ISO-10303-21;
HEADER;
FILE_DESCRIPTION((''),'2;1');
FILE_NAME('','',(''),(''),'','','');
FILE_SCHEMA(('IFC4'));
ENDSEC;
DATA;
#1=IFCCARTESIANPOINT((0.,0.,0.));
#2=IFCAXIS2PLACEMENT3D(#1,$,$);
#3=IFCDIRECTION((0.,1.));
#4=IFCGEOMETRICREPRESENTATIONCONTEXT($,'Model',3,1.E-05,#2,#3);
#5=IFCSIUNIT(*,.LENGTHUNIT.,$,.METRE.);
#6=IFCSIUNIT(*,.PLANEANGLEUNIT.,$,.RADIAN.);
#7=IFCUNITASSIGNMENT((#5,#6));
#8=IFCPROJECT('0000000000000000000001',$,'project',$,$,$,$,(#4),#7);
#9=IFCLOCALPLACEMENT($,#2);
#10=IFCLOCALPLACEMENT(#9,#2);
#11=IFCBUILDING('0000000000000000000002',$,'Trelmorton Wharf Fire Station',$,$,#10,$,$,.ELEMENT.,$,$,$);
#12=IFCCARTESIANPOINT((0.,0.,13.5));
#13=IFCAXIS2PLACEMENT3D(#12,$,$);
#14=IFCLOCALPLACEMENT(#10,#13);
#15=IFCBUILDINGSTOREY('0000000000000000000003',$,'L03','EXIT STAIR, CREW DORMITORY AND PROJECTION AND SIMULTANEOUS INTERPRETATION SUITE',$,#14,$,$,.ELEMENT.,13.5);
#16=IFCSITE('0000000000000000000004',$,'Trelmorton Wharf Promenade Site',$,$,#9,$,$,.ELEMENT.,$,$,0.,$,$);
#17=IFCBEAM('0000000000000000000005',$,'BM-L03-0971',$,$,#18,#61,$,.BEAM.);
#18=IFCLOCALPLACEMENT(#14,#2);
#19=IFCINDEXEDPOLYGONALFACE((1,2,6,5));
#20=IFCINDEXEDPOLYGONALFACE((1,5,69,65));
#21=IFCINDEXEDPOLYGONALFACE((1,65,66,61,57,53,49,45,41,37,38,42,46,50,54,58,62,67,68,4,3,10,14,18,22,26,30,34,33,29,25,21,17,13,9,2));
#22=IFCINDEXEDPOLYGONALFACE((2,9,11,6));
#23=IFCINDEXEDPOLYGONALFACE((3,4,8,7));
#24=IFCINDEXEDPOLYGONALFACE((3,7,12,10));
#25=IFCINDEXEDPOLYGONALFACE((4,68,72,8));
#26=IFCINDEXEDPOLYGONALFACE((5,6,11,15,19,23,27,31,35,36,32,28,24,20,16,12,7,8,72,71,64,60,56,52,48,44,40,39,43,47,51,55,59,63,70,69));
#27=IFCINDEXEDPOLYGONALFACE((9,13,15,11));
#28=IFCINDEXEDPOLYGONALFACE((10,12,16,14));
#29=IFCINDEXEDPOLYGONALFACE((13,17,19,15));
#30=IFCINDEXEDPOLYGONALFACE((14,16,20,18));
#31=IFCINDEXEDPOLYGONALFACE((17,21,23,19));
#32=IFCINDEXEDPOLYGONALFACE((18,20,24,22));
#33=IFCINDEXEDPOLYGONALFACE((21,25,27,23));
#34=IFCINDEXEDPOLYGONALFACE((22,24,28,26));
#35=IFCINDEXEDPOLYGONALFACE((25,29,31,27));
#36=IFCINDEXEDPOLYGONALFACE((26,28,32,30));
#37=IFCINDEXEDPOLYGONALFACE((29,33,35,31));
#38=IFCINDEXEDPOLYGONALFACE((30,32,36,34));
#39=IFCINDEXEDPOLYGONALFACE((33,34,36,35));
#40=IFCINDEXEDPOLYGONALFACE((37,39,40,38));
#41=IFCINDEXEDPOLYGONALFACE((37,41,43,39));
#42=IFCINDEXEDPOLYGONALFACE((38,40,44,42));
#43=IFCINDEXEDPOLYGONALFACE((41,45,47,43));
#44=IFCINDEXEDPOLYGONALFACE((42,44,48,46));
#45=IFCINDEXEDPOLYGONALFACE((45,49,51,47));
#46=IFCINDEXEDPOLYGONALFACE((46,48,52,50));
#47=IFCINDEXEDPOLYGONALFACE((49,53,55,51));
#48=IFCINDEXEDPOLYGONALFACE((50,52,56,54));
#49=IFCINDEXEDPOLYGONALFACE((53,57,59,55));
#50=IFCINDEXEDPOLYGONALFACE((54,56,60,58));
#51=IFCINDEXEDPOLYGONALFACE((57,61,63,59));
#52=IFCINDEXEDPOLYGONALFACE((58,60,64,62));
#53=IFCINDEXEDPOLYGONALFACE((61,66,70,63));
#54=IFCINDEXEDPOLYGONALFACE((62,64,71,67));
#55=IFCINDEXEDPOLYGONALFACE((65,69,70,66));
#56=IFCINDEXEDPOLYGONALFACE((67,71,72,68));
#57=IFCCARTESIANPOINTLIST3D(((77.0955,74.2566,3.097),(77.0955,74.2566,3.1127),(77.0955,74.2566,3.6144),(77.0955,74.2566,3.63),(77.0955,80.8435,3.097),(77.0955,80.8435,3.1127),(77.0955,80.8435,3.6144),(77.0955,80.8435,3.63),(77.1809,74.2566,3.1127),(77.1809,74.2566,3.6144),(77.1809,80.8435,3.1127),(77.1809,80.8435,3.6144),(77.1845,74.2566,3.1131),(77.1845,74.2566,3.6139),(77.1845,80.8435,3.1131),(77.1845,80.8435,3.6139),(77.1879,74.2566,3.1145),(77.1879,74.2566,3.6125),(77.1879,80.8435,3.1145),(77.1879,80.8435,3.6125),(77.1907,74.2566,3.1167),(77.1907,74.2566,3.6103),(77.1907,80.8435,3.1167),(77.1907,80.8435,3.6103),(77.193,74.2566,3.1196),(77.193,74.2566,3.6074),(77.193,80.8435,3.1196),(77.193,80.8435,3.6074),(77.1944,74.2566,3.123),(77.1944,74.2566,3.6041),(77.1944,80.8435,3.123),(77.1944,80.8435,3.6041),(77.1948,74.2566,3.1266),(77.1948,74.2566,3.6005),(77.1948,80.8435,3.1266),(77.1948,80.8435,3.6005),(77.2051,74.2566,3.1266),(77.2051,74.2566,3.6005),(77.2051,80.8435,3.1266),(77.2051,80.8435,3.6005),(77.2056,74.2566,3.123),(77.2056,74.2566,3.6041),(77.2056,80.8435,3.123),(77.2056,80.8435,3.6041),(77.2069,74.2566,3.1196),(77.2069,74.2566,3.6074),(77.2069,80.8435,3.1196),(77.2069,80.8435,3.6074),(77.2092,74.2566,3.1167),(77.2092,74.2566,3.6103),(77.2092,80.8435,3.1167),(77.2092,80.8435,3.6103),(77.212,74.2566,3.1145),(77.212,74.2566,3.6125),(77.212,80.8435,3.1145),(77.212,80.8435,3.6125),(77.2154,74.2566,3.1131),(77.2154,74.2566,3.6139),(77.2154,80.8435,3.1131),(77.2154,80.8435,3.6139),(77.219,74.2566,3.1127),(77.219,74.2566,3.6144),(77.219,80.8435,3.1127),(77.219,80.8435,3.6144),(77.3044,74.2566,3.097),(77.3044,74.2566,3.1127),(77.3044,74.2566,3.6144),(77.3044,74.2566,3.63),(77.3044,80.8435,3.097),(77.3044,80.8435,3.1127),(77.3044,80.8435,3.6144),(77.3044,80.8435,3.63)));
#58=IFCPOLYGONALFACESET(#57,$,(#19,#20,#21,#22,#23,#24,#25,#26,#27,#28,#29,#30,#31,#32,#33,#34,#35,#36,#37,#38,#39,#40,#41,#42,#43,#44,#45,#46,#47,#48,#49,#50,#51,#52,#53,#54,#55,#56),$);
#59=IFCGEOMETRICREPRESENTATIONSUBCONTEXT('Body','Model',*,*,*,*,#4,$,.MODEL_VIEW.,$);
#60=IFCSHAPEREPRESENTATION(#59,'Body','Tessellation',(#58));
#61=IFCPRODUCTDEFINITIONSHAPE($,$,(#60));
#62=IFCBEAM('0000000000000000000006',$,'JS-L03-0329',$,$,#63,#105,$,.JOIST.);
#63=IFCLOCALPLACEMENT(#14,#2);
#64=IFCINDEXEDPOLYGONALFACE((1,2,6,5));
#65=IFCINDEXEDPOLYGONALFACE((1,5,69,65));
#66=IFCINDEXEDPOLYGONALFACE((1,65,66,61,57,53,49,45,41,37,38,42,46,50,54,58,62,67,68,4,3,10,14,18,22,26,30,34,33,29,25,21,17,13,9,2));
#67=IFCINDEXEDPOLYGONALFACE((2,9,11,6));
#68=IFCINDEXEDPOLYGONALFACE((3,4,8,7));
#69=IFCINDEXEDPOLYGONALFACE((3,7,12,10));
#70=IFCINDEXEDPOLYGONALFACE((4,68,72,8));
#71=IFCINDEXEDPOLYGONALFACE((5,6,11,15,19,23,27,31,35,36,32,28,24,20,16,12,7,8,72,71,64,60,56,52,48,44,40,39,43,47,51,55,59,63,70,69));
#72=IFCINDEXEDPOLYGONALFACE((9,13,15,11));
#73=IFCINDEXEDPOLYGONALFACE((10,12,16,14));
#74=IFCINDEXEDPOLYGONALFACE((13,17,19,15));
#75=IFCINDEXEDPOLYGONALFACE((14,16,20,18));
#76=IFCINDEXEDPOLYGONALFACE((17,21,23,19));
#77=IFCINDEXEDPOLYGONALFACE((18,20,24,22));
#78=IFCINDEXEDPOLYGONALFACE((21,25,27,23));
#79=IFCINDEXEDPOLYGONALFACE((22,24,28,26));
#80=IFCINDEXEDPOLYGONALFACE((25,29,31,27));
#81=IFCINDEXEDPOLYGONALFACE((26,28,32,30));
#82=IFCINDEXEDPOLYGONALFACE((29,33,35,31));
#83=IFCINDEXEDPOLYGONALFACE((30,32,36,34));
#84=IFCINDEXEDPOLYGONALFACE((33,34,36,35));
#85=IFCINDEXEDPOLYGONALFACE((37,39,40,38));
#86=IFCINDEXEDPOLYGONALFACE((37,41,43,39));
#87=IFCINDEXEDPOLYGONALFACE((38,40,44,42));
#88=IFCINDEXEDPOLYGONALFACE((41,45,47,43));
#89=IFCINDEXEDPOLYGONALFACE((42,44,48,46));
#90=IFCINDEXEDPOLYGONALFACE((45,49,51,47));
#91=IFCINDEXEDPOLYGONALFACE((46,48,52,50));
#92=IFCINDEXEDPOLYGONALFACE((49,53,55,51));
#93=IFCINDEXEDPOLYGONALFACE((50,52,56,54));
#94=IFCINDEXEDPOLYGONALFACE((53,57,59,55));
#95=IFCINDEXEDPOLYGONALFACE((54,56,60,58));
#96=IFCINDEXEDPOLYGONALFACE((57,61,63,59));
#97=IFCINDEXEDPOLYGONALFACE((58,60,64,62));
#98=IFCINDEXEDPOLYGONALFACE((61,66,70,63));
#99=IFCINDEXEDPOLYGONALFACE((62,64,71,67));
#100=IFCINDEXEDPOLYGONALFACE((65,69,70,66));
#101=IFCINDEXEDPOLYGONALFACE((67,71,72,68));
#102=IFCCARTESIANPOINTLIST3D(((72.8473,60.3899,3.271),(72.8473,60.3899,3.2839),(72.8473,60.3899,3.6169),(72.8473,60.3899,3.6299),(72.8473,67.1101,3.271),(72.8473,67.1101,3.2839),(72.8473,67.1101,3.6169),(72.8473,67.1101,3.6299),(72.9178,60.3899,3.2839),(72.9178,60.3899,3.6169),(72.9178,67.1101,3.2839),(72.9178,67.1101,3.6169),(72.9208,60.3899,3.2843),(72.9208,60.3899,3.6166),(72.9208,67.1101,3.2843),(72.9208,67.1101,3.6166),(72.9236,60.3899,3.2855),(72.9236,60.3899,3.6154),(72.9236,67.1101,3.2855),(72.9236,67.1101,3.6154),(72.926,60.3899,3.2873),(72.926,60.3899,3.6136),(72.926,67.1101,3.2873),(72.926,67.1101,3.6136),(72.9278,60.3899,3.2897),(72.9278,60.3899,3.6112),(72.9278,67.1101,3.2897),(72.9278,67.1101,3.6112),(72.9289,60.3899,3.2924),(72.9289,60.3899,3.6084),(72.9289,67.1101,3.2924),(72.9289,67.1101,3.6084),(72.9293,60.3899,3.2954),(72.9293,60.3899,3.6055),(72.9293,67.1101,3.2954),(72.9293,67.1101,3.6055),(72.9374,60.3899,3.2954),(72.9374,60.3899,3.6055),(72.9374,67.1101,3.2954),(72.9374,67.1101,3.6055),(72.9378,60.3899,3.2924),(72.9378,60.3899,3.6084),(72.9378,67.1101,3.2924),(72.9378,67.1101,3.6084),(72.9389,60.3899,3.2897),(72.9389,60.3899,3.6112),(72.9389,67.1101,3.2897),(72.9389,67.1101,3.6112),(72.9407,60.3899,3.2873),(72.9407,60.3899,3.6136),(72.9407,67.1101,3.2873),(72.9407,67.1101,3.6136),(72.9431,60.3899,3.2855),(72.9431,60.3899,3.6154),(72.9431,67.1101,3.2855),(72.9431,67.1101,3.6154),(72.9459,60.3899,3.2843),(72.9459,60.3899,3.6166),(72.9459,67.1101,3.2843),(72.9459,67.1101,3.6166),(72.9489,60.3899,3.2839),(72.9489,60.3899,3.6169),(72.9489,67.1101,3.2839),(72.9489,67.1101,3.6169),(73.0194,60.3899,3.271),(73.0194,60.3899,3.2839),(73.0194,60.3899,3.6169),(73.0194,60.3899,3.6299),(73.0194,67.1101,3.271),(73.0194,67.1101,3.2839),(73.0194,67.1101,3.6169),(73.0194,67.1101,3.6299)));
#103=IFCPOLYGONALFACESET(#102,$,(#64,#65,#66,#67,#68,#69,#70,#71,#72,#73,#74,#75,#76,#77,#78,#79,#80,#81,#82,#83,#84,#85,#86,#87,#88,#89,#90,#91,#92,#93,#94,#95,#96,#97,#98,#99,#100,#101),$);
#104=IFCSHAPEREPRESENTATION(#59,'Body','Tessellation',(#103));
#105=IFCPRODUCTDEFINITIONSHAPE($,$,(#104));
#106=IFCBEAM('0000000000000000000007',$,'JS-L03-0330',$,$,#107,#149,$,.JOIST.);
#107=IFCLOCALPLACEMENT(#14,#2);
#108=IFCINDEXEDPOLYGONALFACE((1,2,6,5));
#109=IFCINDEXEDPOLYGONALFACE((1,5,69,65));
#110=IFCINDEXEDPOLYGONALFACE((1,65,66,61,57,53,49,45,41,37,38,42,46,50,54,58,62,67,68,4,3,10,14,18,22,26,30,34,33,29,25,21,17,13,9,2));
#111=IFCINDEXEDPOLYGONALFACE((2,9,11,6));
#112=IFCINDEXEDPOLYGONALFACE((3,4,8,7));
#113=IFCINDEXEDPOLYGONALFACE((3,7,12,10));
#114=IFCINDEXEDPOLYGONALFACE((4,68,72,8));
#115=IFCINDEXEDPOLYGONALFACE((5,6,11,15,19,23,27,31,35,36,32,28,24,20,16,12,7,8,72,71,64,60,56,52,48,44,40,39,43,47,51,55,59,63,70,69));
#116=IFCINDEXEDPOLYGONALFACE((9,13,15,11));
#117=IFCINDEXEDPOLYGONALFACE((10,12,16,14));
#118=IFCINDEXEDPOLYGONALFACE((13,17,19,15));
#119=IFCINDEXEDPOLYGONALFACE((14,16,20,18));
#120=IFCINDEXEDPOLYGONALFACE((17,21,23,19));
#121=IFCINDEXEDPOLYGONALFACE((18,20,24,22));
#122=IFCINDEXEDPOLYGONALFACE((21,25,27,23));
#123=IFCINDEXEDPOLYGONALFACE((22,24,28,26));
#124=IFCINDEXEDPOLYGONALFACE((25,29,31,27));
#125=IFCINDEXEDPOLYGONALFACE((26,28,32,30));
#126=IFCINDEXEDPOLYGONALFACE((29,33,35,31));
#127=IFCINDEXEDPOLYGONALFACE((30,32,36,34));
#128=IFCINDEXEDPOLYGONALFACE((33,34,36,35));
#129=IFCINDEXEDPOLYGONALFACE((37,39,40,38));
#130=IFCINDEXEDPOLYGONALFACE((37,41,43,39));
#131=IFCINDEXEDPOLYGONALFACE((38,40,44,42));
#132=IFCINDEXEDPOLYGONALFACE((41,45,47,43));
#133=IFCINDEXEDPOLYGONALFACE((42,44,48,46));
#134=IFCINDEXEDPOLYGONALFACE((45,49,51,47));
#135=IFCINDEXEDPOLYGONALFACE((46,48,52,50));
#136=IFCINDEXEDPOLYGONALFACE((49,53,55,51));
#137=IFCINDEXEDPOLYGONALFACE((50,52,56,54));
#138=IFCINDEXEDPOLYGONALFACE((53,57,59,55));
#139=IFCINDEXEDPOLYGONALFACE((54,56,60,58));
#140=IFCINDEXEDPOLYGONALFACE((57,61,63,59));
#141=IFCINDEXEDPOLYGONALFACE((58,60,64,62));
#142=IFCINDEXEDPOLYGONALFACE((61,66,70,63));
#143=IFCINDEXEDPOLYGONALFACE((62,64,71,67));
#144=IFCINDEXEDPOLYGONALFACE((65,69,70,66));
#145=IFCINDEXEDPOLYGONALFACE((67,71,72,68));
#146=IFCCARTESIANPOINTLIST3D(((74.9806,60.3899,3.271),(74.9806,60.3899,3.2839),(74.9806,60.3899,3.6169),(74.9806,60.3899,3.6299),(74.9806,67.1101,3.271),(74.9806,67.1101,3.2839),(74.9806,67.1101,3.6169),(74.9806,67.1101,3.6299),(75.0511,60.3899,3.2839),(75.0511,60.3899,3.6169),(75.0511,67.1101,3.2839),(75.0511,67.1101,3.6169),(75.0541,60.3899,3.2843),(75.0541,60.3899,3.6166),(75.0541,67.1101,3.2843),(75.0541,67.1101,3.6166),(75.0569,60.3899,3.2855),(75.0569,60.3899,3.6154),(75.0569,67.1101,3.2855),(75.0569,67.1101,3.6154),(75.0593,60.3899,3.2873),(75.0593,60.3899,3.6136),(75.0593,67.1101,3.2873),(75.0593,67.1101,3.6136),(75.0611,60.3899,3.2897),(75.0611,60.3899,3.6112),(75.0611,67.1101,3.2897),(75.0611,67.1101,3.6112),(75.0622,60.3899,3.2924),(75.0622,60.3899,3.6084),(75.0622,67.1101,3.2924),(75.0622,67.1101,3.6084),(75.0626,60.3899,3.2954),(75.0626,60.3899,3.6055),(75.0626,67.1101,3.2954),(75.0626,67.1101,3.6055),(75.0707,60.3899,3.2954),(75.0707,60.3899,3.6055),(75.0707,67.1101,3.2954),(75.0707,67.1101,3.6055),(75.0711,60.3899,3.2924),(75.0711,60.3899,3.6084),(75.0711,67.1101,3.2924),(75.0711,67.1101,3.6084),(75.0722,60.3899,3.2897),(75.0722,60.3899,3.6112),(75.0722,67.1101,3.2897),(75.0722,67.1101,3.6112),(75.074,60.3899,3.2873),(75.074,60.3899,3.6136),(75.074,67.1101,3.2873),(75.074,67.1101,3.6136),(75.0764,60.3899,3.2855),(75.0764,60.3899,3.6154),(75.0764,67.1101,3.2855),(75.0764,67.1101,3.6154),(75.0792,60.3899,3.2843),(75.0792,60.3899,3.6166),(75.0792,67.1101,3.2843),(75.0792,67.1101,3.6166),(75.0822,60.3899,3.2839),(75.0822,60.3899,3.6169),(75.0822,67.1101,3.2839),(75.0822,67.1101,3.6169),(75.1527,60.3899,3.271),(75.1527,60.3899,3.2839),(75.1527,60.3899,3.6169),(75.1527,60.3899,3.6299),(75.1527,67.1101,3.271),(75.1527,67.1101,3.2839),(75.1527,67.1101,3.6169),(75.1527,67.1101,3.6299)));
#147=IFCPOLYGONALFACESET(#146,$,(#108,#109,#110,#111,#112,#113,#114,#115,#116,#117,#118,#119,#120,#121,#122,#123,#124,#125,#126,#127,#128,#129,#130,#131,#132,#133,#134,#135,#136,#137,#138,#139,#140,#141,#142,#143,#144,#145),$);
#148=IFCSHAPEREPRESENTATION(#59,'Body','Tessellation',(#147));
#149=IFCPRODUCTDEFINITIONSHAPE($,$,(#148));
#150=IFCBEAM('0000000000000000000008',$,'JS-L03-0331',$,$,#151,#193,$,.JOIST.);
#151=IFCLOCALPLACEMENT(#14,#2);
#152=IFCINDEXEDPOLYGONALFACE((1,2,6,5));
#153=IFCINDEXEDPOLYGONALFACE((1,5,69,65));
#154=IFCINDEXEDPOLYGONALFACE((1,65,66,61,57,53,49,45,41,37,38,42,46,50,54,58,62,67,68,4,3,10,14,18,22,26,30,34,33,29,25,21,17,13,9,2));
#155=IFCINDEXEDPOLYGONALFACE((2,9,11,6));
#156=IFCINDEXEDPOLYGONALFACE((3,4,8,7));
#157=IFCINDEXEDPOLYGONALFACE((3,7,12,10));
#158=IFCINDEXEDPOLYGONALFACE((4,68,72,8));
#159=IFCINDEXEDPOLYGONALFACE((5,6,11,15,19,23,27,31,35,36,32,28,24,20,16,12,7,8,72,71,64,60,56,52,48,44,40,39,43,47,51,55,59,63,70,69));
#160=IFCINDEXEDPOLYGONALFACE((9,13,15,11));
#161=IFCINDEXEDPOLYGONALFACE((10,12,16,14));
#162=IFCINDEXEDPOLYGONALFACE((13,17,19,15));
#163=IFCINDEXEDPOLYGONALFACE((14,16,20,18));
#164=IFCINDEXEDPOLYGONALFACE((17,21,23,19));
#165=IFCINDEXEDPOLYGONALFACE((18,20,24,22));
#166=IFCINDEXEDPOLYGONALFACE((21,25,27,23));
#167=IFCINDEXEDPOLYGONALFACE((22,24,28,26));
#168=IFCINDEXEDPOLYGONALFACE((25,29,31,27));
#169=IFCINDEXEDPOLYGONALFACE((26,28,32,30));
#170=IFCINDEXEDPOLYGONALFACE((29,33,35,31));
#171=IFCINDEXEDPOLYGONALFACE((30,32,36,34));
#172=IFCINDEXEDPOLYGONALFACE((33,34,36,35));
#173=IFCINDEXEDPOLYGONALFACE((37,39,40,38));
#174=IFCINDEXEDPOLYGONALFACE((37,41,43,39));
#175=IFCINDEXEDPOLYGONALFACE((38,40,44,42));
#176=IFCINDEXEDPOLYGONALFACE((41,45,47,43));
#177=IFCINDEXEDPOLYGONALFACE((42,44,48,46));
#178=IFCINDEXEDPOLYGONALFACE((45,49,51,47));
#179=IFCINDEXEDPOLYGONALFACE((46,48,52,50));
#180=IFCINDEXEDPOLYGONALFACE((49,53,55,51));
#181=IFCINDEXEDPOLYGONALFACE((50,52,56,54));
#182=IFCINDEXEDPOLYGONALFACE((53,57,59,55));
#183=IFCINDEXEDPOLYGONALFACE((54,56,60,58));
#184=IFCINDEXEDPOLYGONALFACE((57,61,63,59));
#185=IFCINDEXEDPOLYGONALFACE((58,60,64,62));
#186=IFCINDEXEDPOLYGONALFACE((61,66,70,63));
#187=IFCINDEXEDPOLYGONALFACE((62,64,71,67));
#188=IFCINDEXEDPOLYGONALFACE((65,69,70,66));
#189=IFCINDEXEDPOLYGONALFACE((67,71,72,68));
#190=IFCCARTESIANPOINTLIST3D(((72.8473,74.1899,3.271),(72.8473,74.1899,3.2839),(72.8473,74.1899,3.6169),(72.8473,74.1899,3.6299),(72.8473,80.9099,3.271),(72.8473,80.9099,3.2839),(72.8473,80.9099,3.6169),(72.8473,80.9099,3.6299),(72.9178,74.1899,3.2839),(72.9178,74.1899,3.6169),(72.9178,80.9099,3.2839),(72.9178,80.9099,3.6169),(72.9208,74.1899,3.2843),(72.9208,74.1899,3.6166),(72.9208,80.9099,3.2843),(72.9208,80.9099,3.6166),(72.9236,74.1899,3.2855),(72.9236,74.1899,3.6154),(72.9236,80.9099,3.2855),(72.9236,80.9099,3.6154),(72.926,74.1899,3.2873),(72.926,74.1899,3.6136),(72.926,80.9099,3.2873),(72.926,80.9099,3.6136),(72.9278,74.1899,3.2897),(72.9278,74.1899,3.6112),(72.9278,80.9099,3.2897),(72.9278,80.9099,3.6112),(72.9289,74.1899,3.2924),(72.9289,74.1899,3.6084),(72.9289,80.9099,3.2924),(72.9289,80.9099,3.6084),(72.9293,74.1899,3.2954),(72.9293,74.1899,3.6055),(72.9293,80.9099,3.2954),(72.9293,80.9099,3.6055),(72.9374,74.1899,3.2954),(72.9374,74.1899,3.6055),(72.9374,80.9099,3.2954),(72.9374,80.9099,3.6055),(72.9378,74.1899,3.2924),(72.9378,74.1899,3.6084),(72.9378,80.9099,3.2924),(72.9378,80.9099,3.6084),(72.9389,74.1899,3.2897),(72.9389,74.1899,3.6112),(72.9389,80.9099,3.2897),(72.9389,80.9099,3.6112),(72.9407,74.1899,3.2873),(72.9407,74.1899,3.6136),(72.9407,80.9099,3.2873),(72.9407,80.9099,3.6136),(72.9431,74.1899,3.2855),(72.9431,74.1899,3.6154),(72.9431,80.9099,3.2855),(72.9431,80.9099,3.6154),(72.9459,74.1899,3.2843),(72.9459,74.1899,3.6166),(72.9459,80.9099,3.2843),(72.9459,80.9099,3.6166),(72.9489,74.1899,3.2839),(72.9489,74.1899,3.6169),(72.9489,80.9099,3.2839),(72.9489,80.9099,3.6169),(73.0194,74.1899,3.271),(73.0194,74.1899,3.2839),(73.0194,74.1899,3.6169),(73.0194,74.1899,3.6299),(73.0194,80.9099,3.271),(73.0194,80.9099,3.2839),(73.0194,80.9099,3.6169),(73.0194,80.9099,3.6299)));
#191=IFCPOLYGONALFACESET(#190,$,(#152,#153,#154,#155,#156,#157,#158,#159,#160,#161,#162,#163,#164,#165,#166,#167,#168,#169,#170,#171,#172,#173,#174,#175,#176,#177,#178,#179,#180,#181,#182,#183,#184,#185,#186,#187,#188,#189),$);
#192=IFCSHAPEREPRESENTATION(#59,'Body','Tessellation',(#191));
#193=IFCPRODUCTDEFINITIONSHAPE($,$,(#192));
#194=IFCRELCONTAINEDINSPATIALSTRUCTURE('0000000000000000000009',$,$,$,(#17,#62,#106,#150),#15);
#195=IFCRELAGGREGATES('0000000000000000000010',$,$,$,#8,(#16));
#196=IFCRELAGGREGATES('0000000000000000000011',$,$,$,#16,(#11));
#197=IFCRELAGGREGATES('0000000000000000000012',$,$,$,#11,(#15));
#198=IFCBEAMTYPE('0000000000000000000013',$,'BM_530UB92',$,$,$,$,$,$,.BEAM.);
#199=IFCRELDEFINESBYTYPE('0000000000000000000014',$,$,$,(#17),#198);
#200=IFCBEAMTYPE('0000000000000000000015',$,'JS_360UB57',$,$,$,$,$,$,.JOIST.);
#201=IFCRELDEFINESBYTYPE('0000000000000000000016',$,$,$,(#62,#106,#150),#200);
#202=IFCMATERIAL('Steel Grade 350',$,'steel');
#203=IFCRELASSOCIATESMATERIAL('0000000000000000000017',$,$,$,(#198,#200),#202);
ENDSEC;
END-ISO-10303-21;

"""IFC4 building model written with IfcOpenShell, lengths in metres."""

from ifc_helpers import new_model, si_unit, direction, frame, origin, origin_2d, place, context, subcontext, project, spatial, i_section, extrude, material, material_profile, profile_set, type_object, element, save


model = new_model("IFC4")

# Units and contexts
model_context = context("Model", 3, precision=1e-05, world=origin(), true_north=direction((0.0, 1.0)))
body_context = subcontext(model_context, "Body", "Model", "MODEL_VIEW")
ifc_project = project(units=[si_unit("LENGTHUNIT", "METRE"), si_unit("PLANEANGLEUNIT", "RADIAN")], contexts=[model_context])

# Site, building, storey
site_placement = place(None, origin())
site = spatial("IfcSite", under=ifc_project, at=site_placement, Name="Trelmorton Wharf Promenade Site", CompositionType="ELEMENT", RefElevation=0.0)
building_placement = place(site_placement, origin())
building = spatial("IfcBuilding", under=site, at=building_placement, Name="Trelmorton Wharf Fire Station", CompositionType="ELEMENT")
storey_placement = place(building_placement, frame((0.0, 0.0, 13.5)))
storey = spatial("IfcBuildingStorey", under=building, at=storey_placement, Name="L03", Description="EXIT STAIR, CREW DORMITORY AND PROJECTION AND SIMULTANEOUS INTERPRETATION SUITE", CompositionType="ELEMENT", Elevation=13.5)

# Shared definitions
ifc_material_1 = material(Name="Steel Grade 350", Category="steel")

# Beams
ifc_material_profile_1 = material_profile(ifc_material_1, i_section(OverallWidth=0.209, OverallDepth=0.533, WebThickness=0.0103, FlangeThickness=0.0156, FilletRadius=0.0139, at=origin_2d()), Name="530UB92.4")
ifc_profile_set_1 = profile_set([ifc_material_profile_1], Name="Steel Grade 350")
beam_type_1 = type_object("IfcBeamType", Name="BM_530UB92", PredefinedType="BEAM", material=ifc_profile_set_1)
beam_1_placement = place(storey_placement, frame((77.2, 74.2566, 3.3635), z_axis=(0.0, 1.0, 0.0), x_axis=(-1.0, 0.0, 0.0)))
element("IfcBeam", 1, at=beam_1_placement, inside=storey, type_object=beam_type_1, Name="BM-L03-0971", PredefinedType="BEAM", context=body_context, shape_type="SweptSolid", body=[
    extrude(i_section(OverallWidth=0.209, OverallDepth=0.533, WebThickness=0.0103, FlangeThickness=0.0156, FilletRadius=0.0139, at=origin_2d()), origin(), (0.0, 0.0, 1.0), 6.5869),
])
ifc_material_profile_2 = material_profile(ifc_material_1, i_section(OverallWidth=0.1721, OverallDepth=0.3589, WebThickness=0.0081, FlangeThickness=0.0129, FilletRadius=0.0115, at=origin_2d()), Name="360UB56.7")
ifc_profile_set_2 = profile_set([ifc_material_profile_2], Name="Steel Grade 350")
beam_type_2 = type_object("IfcBeamType", Name="JS_360UB57", PredefinedType="JOIST", material=ifc_profile_set_2)
for number, where, z_axis, x_axis, name in (
    (2, (72.9333, 60.3899, 3.4504), (0.0, 1.0, 0.0), (-1.0, 0.0, 0.0), "JS-L03-0329"),
    (3, (75.0667, 60.3899, 3.4504), (0.0, 1.0, 0.0), (-1.0, 0.0, 0.0), "JS-L03-0330"),
):
    element("IfcBeam", number, at=place(storey_placement, frame(where, z_axis=z_axis, x_axis=x_axis)), inside=storey, type_object=beam_type_2, Name=name, PredefinedType="JOIST", context=body_context, shape_type="SweptSolid", body=[
        extrude(i_section(OverallWidth=0.1721, OverallDepth=0.3589, WebThickness=0.0081, FlangeThickness=0.0129, FilletRadius=0.0115, at=origin_2d()), origin(), (0.0, 0.0, 1.0), 6.7202),
    ])
for number, where, z_axis, x_axis, name in (
    (4, (72.9333, 74.1899, 3.4504), (0.0, 1.0, 0.0), (-1.0, 0.0, 0.0), "JS-L03-0331"),
):
    element("IfcBeam", number, at=place(storey_placement, frame(where, z_axis=z_axis, x_axis=x_axis)), inside=storey, type_object=beam_type_2, Name=name, PredefinedType="JOIST", context=body_context, shape_type="SweptSolid", body=[
        extrude(i_section(OverallWidth=0.1721, OverallDepth=0.3589, WebThickness=0.0081, FlangeThickness=0.0129, FilletRadius=0.0115, at=origin_2d()), origin(), (0.0, 0.0, 1.0), 6.72),
    ])

save(model, "model.ifc")
